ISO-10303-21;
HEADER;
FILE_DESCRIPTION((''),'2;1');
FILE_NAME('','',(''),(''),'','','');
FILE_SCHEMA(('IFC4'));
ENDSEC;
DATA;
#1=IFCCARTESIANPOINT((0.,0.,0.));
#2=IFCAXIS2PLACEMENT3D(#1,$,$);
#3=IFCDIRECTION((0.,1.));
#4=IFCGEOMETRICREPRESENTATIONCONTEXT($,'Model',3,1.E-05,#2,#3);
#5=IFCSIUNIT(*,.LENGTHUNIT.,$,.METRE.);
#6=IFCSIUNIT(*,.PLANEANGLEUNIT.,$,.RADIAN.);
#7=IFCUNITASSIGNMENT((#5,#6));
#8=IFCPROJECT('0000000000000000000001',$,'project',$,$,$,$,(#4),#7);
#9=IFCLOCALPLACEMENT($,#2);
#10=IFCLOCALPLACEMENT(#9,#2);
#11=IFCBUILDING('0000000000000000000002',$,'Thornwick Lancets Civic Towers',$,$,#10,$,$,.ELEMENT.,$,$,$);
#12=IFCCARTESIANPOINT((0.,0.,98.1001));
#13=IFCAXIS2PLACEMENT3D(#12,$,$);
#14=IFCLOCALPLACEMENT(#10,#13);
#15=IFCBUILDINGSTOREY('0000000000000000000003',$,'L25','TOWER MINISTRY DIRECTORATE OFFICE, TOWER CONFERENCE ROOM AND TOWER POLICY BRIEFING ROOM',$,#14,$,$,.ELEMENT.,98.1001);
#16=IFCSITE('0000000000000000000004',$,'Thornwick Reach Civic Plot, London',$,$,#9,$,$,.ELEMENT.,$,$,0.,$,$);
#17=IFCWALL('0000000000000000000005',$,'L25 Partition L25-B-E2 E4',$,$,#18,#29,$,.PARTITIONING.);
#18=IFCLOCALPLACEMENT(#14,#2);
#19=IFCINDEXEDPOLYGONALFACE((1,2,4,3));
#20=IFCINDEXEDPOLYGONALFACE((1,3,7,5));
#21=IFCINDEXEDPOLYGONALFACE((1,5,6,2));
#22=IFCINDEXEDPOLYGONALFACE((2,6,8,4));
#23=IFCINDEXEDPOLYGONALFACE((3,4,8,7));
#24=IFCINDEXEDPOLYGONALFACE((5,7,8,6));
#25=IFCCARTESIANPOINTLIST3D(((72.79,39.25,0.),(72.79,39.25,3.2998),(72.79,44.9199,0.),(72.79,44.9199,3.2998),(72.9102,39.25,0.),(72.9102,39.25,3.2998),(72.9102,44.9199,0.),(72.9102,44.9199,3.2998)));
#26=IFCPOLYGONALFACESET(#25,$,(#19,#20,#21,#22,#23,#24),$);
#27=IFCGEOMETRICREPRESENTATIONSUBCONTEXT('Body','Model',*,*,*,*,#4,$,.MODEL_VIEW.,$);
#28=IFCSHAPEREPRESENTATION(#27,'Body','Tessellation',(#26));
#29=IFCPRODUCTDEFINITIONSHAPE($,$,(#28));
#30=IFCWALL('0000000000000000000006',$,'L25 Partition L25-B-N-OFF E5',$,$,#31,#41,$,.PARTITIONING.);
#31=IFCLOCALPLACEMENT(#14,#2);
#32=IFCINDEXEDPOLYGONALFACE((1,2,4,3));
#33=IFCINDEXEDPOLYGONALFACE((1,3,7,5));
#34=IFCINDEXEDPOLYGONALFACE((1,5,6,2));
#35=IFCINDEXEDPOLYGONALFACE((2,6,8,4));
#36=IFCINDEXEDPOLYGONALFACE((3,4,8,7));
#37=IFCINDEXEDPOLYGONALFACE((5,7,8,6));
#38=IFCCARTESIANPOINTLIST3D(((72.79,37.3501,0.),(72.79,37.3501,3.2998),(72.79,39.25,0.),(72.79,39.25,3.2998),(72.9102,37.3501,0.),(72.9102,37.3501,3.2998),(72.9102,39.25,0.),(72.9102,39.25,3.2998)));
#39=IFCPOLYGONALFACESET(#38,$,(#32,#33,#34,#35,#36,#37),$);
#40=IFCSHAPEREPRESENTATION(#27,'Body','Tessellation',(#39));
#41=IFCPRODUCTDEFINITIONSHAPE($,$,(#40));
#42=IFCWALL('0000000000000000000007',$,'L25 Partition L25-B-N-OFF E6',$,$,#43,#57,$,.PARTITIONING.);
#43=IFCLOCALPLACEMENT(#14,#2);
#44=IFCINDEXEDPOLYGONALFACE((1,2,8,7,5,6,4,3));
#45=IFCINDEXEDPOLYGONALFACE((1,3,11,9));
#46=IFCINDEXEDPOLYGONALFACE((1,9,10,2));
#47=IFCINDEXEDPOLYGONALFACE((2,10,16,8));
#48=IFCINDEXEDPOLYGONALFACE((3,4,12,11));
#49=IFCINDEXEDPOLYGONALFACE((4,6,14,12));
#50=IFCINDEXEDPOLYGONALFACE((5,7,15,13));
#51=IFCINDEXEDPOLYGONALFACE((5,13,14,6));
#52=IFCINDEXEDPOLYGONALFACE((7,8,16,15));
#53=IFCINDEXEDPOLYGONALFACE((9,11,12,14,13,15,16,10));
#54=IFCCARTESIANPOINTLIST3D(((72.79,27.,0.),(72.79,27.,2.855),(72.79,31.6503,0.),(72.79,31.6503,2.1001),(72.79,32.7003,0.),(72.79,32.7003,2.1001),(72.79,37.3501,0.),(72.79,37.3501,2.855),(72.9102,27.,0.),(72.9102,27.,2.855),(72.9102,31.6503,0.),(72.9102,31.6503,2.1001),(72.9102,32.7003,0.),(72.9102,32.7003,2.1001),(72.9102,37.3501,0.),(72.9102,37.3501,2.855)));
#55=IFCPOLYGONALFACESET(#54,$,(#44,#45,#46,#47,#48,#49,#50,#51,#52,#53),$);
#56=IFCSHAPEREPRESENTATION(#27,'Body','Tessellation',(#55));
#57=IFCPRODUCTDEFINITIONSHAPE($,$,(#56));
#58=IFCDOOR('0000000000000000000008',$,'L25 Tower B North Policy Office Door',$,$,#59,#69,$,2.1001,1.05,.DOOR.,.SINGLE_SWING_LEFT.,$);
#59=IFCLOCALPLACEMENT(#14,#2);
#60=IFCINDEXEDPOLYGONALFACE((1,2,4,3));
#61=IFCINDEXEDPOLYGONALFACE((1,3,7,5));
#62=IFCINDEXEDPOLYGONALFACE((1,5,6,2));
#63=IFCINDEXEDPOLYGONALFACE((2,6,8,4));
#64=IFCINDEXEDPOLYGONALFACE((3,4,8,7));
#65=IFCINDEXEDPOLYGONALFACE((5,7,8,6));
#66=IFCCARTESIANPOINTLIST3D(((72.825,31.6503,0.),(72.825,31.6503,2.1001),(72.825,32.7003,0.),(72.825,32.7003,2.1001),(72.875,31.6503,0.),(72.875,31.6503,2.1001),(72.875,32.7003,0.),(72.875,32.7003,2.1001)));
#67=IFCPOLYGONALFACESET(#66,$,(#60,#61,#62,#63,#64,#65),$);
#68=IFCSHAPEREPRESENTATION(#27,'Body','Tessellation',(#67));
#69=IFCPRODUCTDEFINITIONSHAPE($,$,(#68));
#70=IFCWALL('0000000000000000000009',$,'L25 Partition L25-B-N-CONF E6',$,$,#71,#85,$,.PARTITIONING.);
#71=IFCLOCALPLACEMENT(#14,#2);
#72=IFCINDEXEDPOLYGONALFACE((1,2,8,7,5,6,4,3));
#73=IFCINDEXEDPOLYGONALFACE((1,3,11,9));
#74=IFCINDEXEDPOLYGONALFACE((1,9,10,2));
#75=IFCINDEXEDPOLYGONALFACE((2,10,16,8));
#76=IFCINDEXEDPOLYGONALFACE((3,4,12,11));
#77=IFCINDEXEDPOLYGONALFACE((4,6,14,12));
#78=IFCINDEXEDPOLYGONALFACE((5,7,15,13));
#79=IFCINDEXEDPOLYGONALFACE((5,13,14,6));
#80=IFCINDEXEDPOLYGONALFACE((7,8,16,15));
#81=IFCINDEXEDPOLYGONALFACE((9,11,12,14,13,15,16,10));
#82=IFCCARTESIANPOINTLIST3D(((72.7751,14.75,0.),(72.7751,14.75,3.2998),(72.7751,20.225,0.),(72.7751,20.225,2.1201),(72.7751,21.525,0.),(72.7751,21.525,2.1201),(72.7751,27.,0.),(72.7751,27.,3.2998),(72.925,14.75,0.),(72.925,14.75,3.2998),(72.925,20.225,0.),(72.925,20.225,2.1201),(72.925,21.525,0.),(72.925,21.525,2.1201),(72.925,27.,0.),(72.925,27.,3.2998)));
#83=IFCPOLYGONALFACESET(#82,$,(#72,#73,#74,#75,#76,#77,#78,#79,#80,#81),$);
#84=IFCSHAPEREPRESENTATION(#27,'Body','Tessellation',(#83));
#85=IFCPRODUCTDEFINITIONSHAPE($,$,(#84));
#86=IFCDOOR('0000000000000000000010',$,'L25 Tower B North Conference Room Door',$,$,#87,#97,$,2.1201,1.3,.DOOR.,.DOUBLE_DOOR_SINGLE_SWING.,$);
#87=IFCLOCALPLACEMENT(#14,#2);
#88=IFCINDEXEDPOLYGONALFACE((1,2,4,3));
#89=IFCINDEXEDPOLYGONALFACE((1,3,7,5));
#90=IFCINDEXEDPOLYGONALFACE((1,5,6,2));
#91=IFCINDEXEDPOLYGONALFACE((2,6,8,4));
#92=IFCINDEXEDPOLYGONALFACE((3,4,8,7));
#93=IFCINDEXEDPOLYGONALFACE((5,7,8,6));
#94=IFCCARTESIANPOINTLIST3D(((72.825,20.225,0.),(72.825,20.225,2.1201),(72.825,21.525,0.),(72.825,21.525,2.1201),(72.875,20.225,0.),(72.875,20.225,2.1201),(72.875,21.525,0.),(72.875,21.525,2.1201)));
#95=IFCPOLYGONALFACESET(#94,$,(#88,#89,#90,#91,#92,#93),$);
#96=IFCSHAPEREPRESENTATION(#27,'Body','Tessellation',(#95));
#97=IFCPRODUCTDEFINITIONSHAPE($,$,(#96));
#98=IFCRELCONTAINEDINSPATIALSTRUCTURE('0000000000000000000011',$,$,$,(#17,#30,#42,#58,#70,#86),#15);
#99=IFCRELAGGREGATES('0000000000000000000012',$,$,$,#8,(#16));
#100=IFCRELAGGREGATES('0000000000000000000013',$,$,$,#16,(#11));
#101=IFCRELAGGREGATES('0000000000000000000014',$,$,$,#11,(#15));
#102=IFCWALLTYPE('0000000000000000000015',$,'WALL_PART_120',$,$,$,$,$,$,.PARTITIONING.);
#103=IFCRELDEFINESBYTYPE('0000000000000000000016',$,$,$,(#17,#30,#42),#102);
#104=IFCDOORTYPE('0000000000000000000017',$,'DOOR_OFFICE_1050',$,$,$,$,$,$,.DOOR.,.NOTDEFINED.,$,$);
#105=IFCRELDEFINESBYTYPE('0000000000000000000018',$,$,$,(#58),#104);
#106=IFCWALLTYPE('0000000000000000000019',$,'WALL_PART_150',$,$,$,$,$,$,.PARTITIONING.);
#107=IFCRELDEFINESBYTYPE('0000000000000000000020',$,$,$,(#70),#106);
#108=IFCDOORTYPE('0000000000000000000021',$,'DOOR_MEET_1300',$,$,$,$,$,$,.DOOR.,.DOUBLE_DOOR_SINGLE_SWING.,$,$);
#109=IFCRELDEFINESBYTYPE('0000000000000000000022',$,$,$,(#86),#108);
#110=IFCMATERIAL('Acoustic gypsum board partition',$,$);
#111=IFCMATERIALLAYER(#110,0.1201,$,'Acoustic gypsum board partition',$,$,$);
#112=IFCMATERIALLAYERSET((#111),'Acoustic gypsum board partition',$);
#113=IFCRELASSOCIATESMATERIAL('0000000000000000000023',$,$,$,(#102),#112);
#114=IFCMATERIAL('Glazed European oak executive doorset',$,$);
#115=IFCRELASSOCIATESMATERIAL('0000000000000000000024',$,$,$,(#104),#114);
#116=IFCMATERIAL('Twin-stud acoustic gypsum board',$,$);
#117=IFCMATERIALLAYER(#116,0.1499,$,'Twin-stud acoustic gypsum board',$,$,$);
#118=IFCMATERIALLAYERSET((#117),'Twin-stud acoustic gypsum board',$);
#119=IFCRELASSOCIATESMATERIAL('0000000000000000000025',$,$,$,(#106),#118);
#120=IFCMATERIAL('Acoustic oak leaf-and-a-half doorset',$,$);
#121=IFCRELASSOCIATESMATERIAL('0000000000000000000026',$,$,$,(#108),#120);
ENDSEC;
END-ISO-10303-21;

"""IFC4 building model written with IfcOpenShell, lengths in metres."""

from ifc_helpers import new_model, si_unit, direction, frame, frame_2d, origin, place, context, subcontext, project, spatial, rectangle, extrude, material, layer, layer_set, type_object, element, fill, save


model = new_model("IFC4")

# Units and contexts
model_context = context("Model", 3, precision=1e-05, world=origin(), true_north=direction((0.0, 1.0)))
body_context = subcontext(model_context, "Body", "Model", "MODEL_VIEW")
ifc_project = project(units=[si_unit("LENGTHUNIT", "METRE"), si_unit("PLANEANGLEUNIT", "RADIAN")], contexts=[model_context])

# Site, building, storey
site_placement = place(None, origin())
site = spatial("IfcSite", under=ifc_project, at=site_placement, Name="Thornwick Reach Civic Plot, London", CompositionType="ELEMENT", RefElevation=0.0)
building_placement = place(site_placement, origin())
building = spatial("IfcBuilding", under=site, at=building_placement, Name="Thornwick Lancets Civic Towers", CompositionType="ELEMENT")
storey_placement = place(building_placement, frame((0.0, 0.0, 98.1001)))
storey = spatial("IfcBuildingStorey", under=building, at=storey_placement, Name="L25", Description="TOWER MINISTRY DIRECTORATE OFFICE, TOWER CONFERENCE ROOM AND TOWER POLICY BRIEFING ROOM", CompositionType="ELEMENT", Elevation=98.1001)

# Walls
ifc_material_1 = material(Name="Acoustic gypsum board partition")
ifc_layer_1 = layer(ifc_material_1, 0.1201, Name="Acoustic gypsum board partition")
ifc_layer_set_1 = layer_set([ifc_layer_1], Name="Acoustic gypsum board partition")
wall_type_1 = type_object("IfcWallType", Name="WALL_PART_120", PredefinedType="PARTITIONING", material=ifc_layer_set_1)
wall_1_placement = place(storey_placement, frame((72.8501, 39.25, 0.0), z_axis=(0.0, 0.0, 1.0), x_axis=(0.0, 1.0, 0.0)))
element("IfcWall", 1, at=wall_1_placement, inside=storey, type_object=wall_type_1, Name="L25 Partition L25-B-E2 E4", PredefinedType="PARTITIONING", context=body_context, shape_type="SweptSolid", body=[
    extrude(rectangle(XDim=5.6699, YDim=0.1201, at=frame_2d((2.835, 0.0))), origin(), (0.0, 0.0, 1.0), 3.2998),
])
wall_2_placement = place(storey_placement, frame((72.8501, 39.25, 0.0), z_axis=(0.0, 0.0, 1.0), x_axis=(0.0, -1.0, 0.0)))
element("IfcWall", 2, at=wall_2_placement, inside=storey, type_object=wall_type_1, Name="L25 Partition L25-B-N-OFF E5", PredefinedType="PARTITIONING", context=body_context, shape_type="SweptSolid", body=[
    extrude(rectangle(XDim=1.8999, YDim=0.1201, at=frame_2d((0.95, 0.0))), origin(), (0.0, 0.0, 1.0), 3.2998),
])

# Walls, openings, doors
wall_3_placement = place(storey_placement, frame((72.8501, 37.3501, 0.0), z_axis=(0.0, 0.0, 1.0), x_axis=(0.0, -1.0, 0.0)))
wall_3 = element("IfcWall", 3, at=wall_3_placement, inside=storey, type_object=wall_type_1, Name="L25 Partition L25-B-N-OFF E6", PredefinedType="PARTITIONING", context=body_context, shape_type="SweptSolid", body=[
    extrude(rectangle(XDim=10.3501, YDim=0.1201, at=frame_2d((5.175, 0.0))), origin(), (0.0, 0.0, 1.0), 2.855),
])
opening_1_placement = place(wall_3_placement, frame((4.6499, 0.0, 0.0)))
opening_1 = element("IfcOpeningElement", 4, at=opening_1_placement, cuts=wall_3, PredefinedType="OPENING", context=body_context, shape_type="SweptSolid", body=[
    extrude(rectangle(XDim=1.05, YDim=2.1001, at=frame_2d((0.5249, 1.05))), frame((0.0, 0.0701, 0.0), z_axis=(0.0, -1.0, 0.0), x_axis=(1.0, 0.0, 0.0)), (0.0, 0.0, 1.0), 0.1401),
])
ifc_material_2 = material(Name="Glazed European oak executive doorset")
door_type_1 = type_object("IfcDoorType", Name="DOOR_OFFICE_1050", OperationType="NOTDEFINED", PredefinedType="DOOR", material=ifc_material_2)
door_1_placement = place(opening_1_placement, origin())
door_1 = element("IfcDoor", 5, at=door_1_placement, inside=storey, type_object=door_type_1, Name="L25 Tower B North Policy Office Door", OperationType="SINGLE_SWING_LEFT", OverallHeight=2.1001, OverallWidth=1.05, PredefinedType="DOOR", context=body_context, shape_type="SweptSolid", body=[
    extrude(rectangle(XDim=1.05, YDim=2.1001, at=frame_2d((0.5249, 1.05))), frame((0.0, 0.0249, 0.0), z_axis=(0.0, -1.0, 0.0), x_axis=(1.0, 0.0, 0.0)), (0.0, 0.0, 1.0), 0.05),
])
fill(opening_1, door_1)
ifc_material_3 = material(Name="Twin-stud acoustic gypsum board")
ifc_layer_2 = layer(ifc_material_3, 0.1499, Name="Twin-stud acoustic gypsum board")
ifc_layer_set_2 = layer_set([ifc_layer_2], Name="Twin-stud acoustic gypsum board")
wall_type_2 = type_object("IfcWallType", Name="WALL_PART_150", PredefinedType="PARTITIONING", material=ifc_layer_set_2)
wall_4_placement = place(storey_placement, frame((72.8501, 27.0, 0.0), z_axis=(0.0, 0.0, 1.0), x_axis=(0.0, -1.0, 0.0)))
wall_4 = element("IfcWall", 6, at=wall_4_placement, inside=storey, type_object=wall_type_2, Name="L25 Partition L25-B-N-CONF E6", PredefinedType="PARTITIONING", context=body_context, shape_type="SweptSolid", body=[
    extrude(rectangle(XDim=12.25, YDim=0.1499, at=frame_2d((6.125, 0.0))), origin(), (0.0, 0.0, 1.0), 3.2998),
])
opening_2_placement = place(wall_4_placement, frame((5.4751, 0.0, 0.0)))
opening_2 = element("IfcOpeningElement", 7, at=opening_2_placement, cuts=wall_4, PredefinedType="OPENING", context=body_context, shape_type="SweptSolid", body=[
    extrude(rectangle(XDim=1.3, YDim=2.1201, at=frame_2d((0.6499, 1.0601))), frame((0.0, 0.085, 0.0), z_axis=(0.0, -1.0, 0.0), x_axis=(1.0, 0.0, 0.0)), (0.0, 0.0, 1.0), 0.1699),
])
ifc_material_4 = material(Name="Acoustic oak leaf-and-a-half doorset")
door_type_2 = type_object("IfcDoorType", Name="DOOR_MEET_1300", OperationType="DOUBLE_DOOR_SINGLE_SWING", PredefinedType="DOOR", material=ifc_material_4)
door_2_placement = place(opening_2_placement, origin())
door_2 = element("IfcDoor", 8, at=door_2_placement, inside=storey, type_object=door_type_2, Name="L25 Tower B North Conference Room Door", OperationType="DOUBLE_DOOR_SINGLE_SWING", OverallHeight=2.1201, OverallWidth=1.3, PredefinedType="DOOR", context=body_context, shape_type="SweptSolid", body=[
    extrude(rectangle(XDim=1.3, YDim=2.1201, at=frame_2d((0.6499, 1.0601))), frame((0.0, 0.0249, 0.0), z_axis=(0.0, -1.0, 0.0), x_axis=(1.0, 0.0, 0.0)), (0.0, 0.0, 1.0), 0.05),
])
fill(opening_2, door_2)

save(model, "model.ifc")
